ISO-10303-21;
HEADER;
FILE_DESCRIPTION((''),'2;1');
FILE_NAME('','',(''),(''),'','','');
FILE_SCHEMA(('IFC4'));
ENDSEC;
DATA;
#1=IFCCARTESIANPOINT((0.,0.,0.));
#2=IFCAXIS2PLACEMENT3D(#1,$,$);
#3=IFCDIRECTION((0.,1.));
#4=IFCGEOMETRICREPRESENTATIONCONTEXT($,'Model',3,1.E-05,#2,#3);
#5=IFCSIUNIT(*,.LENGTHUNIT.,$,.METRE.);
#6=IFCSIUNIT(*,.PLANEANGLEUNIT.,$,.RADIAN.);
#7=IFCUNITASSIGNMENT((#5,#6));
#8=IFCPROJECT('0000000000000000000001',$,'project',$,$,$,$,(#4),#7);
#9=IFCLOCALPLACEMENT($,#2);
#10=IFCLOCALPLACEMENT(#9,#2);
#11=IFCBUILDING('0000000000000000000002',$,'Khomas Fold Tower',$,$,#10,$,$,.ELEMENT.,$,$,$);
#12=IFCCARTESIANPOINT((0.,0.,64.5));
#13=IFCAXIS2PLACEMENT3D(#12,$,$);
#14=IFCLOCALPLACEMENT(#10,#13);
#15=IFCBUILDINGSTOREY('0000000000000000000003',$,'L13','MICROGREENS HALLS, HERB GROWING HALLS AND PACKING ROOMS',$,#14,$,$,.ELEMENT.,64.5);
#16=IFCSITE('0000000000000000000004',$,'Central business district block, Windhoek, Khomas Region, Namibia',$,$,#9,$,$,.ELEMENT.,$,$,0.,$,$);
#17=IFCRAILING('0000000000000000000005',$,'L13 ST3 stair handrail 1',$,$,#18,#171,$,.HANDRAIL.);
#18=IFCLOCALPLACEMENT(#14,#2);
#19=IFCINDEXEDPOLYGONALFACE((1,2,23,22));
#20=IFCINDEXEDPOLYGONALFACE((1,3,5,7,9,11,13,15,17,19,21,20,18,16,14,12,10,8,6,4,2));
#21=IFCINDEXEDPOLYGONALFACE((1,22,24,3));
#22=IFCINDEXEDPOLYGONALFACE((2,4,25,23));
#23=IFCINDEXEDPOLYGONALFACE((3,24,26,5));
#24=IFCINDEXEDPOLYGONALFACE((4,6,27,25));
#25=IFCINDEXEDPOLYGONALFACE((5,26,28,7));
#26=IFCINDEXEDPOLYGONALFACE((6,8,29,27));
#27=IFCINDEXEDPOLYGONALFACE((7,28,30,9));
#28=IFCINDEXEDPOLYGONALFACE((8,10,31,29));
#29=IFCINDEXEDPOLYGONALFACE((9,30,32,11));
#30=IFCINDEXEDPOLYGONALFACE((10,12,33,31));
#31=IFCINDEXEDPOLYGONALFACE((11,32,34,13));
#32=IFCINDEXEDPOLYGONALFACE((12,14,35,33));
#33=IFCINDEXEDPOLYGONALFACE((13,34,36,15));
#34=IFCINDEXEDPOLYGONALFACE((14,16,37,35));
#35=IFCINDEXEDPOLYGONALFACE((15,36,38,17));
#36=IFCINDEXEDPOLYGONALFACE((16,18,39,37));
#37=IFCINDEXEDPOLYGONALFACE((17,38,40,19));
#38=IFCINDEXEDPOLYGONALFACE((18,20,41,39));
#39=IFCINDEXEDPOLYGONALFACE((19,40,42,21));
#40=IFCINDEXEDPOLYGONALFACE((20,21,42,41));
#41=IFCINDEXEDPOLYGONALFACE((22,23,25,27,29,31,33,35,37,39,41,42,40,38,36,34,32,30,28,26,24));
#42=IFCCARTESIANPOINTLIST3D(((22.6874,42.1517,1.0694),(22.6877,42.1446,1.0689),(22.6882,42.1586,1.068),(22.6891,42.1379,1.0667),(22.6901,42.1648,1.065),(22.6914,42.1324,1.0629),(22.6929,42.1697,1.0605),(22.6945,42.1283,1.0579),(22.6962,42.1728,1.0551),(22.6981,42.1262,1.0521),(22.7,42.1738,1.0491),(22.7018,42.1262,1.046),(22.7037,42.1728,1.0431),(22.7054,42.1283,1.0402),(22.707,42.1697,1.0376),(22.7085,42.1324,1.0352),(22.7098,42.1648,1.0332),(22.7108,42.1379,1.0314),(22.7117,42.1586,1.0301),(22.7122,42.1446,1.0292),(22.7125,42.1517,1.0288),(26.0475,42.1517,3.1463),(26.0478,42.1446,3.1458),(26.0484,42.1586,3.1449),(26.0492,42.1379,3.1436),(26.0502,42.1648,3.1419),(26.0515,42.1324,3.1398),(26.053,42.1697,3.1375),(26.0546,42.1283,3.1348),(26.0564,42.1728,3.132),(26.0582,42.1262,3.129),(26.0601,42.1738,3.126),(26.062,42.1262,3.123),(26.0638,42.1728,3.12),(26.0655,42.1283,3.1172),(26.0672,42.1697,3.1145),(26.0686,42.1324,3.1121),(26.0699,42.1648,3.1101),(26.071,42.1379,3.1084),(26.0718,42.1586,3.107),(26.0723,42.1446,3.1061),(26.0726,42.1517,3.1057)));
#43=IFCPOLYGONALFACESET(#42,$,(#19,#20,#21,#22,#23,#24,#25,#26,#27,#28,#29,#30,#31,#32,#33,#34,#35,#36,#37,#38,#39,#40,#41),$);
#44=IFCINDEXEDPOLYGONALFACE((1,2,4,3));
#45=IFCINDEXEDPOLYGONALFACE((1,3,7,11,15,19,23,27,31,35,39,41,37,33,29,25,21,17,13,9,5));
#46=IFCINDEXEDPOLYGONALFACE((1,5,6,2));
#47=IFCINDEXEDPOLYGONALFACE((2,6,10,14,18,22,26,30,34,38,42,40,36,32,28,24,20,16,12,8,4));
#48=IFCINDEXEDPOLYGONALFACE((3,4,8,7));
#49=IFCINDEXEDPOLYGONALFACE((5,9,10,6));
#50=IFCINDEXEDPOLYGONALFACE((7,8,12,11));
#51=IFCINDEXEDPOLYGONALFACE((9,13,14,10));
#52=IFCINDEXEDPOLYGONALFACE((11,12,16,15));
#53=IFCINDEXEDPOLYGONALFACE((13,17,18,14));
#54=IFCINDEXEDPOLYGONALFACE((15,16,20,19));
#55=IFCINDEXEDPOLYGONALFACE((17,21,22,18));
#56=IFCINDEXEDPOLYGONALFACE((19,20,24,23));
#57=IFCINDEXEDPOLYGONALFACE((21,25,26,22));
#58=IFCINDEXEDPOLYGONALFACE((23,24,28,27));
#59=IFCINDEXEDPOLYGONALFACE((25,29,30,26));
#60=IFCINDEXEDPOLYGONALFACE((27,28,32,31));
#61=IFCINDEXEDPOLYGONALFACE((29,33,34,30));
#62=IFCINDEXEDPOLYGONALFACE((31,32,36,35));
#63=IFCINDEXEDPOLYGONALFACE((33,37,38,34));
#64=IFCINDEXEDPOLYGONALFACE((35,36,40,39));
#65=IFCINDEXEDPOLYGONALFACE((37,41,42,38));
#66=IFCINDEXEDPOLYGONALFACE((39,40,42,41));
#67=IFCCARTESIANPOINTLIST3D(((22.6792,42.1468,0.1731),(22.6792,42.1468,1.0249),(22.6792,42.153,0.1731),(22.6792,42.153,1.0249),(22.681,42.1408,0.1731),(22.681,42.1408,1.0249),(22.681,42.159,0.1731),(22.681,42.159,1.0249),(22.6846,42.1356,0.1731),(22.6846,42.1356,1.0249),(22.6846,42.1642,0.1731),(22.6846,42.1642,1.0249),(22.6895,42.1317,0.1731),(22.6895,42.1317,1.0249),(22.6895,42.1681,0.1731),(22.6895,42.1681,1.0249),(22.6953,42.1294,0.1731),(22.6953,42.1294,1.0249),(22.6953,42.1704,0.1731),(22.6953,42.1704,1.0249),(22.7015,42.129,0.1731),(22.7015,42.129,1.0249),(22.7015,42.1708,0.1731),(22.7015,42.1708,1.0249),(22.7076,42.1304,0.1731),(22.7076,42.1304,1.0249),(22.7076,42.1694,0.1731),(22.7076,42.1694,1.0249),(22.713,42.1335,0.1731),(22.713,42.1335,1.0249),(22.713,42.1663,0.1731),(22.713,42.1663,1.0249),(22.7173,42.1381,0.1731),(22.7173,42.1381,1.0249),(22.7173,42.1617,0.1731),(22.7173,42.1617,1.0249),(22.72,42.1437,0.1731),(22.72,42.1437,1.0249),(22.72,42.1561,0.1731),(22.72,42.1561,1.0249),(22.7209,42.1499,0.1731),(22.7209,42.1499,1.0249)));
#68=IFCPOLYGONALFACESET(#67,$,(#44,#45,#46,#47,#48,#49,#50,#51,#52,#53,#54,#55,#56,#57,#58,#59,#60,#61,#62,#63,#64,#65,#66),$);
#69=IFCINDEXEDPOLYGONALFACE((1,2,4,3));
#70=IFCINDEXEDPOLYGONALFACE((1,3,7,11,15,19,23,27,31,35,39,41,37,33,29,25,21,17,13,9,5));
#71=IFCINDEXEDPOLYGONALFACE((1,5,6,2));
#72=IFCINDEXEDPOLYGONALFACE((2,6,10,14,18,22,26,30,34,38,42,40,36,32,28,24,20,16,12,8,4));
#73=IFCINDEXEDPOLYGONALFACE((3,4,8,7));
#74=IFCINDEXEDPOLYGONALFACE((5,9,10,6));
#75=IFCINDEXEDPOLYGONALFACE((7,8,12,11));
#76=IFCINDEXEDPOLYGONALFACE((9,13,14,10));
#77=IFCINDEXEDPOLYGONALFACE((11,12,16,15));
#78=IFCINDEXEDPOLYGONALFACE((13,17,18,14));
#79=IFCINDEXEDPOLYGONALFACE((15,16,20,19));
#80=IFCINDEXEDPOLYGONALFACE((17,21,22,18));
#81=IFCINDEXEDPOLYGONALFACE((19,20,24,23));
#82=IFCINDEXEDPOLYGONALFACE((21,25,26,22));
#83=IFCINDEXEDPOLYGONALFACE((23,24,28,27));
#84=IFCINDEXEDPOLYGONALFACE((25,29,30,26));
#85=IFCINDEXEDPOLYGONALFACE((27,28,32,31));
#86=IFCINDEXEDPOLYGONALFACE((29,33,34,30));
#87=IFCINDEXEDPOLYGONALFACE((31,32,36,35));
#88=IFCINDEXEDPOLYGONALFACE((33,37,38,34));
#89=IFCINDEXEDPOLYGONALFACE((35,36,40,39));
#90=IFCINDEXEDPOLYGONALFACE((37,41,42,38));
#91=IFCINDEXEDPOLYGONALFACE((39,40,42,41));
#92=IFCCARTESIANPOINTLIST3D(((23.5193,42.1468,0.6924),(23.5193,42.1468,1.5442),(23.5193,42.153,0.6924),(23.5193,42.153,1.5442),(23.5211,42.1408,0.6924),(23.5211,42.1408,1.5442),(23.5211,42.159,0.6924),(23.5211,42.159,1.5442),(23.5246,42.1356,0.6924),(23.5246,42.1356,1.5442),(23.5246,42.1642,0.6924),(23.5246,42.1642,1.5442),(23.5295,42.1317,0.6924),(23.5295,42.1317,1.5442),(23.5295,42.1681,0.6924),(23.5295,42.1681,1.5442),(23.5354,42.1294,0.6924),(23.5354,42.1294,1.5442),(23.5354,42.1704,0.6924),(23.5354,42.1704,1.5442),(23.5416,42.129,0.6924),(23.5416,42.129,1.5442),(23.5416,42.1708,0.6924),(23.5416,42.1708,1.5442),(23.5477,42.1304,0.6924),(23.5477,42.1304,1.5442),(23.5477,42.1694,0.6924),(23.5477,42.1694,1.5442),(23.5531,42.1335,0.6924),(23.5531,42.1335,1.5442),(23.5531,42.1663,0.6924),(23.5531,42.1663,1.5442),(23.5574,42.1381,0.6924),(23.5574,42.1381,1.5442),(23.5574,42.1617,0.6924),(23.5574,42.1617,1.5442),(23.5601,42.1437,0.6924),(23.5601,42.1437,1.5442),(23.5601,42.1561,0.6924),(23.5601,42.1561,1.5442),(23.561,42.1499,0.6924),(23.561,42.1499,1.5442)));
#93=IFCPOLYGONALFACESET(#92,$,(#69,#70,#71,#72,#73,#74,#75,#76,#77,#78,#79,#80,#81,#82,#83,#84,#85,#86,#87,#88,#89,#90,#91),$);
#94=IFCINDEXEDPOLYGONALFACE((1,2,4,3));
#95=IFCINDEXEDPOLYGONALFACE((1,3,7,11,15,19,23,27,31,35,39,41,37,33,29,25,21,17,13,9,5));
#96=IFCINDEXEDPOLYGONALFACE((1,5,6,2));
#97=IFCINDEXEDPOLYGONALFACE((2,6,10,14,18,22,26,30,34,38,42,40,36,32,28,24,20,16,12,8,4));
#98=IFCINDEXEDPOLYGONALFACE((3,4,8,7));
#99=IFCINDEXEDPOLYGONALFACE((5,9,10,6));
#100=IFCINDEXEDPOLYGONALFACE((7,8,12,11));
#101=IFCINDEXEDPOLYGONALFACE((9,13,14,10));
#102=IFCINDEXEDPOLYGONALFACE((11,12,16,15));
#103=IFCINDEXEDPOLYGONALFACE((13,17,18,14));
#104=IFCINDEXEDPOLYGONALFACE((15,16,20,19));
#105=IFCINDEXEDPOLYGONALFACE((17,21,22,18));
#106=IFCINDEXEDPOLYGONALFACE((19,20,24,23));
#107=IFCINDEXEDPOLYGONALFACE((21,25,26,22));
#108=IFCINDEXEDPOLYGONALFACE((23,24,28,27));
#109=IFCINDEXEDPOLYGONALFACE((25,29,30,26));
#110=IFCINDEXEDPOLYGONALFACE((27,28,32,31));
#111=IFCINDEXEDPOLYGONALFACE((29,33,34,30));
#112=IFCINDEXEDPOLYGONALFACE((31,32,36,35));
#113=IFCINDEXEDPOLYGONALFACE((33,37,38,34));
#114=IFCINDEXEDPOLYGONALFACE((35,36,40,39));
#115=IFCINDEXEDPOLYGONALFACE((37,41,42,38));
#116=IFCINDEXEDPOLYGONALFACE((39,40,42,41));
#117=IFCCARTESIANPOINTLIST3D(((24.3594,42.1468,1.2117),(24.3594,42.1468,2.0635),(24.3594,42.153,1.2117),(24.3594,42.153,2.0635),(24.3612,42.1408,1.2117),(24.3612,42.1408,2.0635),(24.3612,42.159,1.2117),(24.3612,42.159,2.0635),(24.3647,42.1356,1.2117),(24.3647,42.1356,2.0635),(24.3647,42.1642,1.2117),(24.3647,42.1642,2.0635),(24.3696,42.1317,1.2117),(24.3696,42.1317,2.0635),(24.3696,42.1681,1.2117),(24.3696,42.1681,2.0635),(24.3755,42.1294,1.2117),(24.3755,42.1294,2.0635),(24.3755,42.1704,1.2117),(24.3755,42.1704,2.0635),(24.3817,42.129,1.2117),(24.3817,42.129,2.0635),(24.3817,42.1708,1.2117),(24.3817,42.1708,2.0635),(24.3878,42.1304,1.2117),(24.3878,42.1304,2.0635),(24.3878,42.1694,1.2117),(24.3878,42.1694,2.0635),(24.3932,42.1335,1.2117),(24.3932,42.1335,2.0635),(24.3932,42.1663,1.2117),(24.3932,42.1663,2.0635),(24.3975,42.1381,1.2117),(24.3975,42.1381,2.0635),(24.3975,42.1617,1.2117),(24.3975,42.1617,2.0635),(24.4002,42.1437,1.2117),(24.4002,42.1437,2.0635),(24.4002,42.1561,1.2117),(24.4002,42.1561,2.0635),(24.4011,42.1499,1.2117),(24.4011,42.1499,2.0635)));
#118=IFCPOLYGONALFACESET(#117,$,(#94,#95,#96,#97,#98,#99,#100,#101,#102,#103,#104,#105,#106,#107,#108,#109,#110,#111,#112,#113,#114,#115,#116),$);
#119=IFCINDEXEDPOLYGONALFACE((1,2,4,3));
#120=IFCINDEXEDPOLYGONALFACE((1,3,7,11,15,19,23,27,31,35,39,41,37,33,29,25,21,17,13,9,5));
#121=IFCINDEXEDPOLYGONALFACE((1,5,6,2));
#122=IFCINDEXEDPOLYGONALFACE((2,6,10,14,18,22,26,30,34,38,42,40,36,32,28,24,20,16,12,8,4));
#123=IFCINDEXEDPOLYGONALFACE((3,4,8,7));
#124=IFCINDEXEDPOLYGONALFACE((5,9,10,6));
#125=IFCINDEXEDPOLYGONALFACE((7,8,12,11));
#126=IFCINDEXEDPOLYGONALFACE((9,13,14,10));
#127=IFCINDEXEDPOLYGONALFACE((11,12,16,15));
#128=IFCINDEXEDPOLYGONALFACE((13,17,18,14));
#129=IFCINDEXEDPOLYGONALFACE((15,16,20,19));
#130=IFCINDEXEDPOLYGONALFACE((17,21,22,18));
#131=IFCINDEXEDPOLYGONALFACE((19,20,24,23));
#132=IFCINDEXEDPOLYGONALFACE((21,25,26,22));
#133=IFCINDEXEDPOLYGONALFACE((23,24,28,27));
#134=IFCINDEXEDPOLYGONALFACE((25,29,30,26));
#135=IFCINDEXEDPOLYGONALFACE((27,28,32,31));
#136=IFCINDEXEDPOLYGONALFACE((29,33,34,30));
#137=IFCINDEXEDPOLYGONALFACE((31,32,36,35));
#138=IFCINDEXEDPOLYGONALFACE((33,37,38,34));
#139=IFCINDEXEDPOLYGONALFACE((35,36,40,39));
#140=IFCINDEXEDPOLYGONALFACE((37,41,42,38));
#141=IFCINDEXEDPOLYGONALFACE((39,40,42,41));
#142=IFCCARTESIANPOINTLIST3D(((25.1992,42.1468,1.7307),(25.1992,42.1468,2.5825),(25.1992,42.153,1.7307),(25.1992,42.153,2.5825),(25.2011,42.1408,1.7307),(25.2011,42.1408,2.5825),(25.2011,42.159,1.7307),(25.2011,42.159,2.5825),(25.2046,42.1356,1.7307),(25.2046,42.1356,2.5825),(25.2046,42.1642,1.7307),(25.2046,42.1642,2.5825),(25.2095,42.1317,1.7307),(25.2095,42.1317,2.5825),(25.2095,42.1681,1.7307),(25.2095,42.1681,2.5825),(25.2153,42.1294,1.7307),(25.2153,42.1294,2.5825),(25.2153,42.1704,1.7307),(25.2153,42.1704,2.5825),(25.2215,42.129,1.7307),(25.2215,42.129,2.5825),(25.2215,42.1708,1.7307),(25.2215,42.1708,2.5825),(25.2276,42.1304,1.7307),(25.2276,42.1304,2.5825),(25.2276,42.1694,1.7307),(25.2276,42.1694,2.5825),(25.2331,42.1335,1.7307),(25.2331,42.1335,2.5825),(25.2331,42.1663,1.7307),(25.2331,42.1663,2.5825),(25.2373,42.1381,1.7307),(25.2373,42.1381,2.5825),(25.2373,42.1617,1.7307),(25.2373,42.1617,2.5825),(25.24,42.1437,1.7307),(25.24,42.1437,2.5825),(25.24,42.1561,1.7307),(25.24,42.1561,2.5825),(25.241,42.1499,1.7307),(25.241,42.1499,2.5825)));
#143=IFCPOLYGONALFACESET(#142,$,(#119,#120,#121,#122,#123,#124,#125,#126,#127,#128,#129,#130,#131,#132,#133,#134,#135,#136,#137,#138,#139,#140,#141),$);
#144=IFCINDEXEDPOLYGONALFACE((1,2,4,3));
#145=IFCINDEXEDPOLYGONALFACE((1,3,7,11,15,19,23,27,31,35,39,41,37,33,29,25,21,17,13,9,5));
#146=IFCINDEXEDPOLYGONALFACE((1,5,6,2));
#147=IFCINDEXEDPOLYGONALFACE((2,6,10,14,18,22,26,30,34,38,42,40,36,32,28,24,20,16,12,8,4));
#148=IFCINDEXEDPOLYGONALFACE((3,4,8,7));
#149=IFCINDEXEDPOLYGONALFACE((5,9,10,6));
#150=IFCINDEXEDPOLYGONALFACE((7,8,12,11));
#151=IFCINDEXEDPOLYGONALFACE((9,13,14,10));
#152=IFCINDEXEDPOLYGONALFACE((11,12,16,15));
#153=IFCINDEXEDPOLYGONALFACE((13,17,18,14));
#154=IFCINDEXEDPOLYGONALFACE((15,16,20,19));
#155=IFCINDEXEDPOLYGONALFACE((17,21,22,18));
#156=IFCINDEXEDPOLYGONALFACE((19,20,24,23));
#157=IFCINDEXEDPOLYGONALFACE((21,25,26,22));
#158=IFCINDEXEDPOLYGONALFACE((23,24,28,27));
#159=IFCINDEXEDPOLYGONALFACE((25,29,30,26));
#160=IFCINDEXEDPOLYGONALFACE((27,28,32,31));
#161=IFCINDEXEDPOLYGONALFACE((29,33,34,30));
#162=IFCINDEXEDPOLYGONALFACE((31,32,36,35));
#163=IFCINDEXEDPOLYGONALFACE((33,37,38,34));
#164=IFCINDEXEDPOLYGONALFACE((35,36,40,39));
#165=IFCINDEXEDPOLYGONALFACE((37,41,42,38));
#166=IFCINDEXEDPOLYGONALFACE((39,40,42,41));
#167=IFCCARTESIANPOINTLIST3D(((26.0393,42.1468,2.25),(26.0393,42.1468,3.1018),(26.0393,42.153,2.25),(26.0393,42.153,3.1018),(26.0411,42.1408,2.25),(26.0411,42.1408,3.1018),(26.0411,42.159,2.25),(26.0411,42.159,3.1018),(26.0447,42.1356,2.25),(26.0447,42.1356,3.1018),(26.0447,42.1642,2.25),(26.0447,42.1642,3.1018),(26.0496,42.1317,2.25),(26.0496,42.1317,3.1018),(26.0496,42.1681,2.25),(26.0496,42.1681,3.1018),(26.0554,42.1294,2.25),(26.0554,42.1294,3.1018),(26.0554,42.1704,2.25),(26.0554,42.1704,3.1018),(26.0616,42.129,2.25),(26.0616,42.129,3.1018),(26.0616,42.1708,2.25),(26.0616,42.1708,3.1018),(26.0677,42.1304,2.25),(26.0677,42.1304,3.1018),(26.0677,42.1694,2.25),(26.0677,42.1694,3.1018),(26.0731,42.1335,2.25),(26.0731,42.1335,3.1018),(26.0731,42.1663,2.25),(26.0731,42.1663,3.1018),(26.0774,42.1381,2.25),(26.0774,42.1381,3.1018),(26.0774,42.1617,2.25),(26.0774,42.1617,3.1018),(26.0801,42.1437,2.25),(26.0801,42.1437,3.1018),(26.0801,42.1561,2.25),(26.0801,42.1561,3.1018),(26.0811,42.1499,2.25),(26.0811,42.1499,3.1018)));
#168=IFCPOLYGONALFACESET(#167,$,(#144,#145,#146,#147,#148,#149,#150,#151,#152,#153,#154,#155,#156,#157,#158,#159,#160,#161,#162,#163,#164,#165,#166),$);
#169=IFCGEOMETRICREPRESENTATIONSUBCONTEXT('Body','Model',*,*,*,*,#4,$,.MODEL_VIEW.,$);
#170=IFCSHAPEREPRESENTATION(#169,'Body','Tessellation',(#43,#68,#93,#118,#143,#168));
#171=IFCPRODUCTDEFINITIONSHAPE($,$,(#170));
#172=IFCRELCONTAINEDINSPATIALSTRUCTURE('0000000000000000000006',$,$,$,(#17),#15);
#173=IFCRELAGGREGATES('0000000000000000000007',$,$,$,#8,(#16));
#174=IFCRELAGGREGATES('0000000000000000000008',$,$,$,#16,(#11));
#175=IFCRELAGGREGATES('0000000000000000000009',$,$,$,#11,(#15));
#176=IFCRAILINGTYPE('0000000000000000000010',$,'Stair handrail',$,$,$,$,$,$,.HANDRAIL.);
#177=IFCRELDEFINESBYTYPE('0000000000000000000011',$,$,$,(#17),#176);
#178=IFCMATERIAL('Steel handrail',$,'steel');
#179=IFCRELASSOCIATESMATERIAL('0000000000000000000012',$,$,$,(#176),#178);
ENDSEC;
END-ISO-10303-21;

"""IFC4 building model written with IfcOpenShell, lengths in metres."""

from ifc_helpers import new_model, si_unit, direction, frame, origin, origin_2d, place, context, subcontext, project, spatial, circle, extrude, source, transform, mapped, material, type_object, element, save


model = new_model("IFC4")

# Units and contexts
model_context = context("Model", 3, precision=1e-05, world=origin(), true_north=direction((0.0, 1.0)))
body_context = subcontext(model_context, "Body", "Model", "MODEL_VIEW")
ifc_project = project(units=[si_unit("LENGTHUNIT", "METRE"), si_unit("PLANEANGLEUNIT", "RADIAN")], contexts=[model_context])

# Site, building, storey
site_placement = place(None, origin())
site = spatial("IfcSite", under=ifc_project, at=site_placement, Name="Central business district block, Windhoek, Khomas Region, Namibia", CompositionType="ELEMENT", RefElevation=0.0)
building_placement = place(site_placement, origin())
building = spatial("IfcBuilding", under=site, at=building_placement, Name="Khomas Fold Tower", CompositionType="ELEMENT")
storey_placement = place(building_placement, frame((0.0, 0.0, 64.5)))
storey = spatial("IfcBuildingStorey", under=building, at=storey_placement, Name="L13", Description="MICROGREENS HALLS, HERB GROWING HALLS AND PACKING ROOMS", CompositionType="ELEMENT", Elevation=64.5)

# Railing
ifc_material_1 = material(Name="Steel handrail", Category="steel")
railing_type_1 = type_object("IfcRailingType", Name="Stair handrail", PredefinedType="HANDRAIL", material=ifc_material_1)
shared_shape_1 = source(origin(), body_context, "Body", "SweptSolid", [
    extrude(circle(Radius=0.0239, at=origin_2d()), frame((0.0, 0.0, 0.876), z_axis=(0.850623, 0.0, 0.525776), x_axis=(0.0, 1.0, 0.0)), (0.0, 0.0, 1.0), 3.9502),
    extrude(circle(Radius=0.021, at=origin_2d()), origin(), (0.0, 0.0, 1.0), 0.8518),
    extrude(circle(Radius=0.021, at=origin_2d()), frame((0.8401, 0.0, 0.5193)), (0.0, 0.0, 1.0), 0.8518),
    extrude(circle(Radius=0.021, at=origin_2d()), frame((1.6802, 0.0, 1.0386)), (0.0, 0.0, 1.0), 0.8518),
    extrude(circle(Radius=0.021, at=origin_2d()), frame((2.52, 0.0, 1.5576)), (0.0, 0.0, 1.0), 0.8518),
    extrude(circle(Radius=0.021, at=origin_2d()), frame((3.3601, 0.0, 2.0769)), (0.0, 0.0, 1.0), 0.8518),
])
railing_1_placement = place(storey_placement, frame((22.7, 42.1499, 0.1731)))
element("IfcRailing", 1, at=railing_1_placement, inside=storey, type_object=railing_type_1, Name="L13 ST3 stair handrail 1", PredefinedType="HANDRAIL", context=body_context, shape_type="MappedRepresentation", body=[
    mapped(shared_shape_1, transform((0.0, 0.0, 0.0))),
])

save(model, "model.ifc")
